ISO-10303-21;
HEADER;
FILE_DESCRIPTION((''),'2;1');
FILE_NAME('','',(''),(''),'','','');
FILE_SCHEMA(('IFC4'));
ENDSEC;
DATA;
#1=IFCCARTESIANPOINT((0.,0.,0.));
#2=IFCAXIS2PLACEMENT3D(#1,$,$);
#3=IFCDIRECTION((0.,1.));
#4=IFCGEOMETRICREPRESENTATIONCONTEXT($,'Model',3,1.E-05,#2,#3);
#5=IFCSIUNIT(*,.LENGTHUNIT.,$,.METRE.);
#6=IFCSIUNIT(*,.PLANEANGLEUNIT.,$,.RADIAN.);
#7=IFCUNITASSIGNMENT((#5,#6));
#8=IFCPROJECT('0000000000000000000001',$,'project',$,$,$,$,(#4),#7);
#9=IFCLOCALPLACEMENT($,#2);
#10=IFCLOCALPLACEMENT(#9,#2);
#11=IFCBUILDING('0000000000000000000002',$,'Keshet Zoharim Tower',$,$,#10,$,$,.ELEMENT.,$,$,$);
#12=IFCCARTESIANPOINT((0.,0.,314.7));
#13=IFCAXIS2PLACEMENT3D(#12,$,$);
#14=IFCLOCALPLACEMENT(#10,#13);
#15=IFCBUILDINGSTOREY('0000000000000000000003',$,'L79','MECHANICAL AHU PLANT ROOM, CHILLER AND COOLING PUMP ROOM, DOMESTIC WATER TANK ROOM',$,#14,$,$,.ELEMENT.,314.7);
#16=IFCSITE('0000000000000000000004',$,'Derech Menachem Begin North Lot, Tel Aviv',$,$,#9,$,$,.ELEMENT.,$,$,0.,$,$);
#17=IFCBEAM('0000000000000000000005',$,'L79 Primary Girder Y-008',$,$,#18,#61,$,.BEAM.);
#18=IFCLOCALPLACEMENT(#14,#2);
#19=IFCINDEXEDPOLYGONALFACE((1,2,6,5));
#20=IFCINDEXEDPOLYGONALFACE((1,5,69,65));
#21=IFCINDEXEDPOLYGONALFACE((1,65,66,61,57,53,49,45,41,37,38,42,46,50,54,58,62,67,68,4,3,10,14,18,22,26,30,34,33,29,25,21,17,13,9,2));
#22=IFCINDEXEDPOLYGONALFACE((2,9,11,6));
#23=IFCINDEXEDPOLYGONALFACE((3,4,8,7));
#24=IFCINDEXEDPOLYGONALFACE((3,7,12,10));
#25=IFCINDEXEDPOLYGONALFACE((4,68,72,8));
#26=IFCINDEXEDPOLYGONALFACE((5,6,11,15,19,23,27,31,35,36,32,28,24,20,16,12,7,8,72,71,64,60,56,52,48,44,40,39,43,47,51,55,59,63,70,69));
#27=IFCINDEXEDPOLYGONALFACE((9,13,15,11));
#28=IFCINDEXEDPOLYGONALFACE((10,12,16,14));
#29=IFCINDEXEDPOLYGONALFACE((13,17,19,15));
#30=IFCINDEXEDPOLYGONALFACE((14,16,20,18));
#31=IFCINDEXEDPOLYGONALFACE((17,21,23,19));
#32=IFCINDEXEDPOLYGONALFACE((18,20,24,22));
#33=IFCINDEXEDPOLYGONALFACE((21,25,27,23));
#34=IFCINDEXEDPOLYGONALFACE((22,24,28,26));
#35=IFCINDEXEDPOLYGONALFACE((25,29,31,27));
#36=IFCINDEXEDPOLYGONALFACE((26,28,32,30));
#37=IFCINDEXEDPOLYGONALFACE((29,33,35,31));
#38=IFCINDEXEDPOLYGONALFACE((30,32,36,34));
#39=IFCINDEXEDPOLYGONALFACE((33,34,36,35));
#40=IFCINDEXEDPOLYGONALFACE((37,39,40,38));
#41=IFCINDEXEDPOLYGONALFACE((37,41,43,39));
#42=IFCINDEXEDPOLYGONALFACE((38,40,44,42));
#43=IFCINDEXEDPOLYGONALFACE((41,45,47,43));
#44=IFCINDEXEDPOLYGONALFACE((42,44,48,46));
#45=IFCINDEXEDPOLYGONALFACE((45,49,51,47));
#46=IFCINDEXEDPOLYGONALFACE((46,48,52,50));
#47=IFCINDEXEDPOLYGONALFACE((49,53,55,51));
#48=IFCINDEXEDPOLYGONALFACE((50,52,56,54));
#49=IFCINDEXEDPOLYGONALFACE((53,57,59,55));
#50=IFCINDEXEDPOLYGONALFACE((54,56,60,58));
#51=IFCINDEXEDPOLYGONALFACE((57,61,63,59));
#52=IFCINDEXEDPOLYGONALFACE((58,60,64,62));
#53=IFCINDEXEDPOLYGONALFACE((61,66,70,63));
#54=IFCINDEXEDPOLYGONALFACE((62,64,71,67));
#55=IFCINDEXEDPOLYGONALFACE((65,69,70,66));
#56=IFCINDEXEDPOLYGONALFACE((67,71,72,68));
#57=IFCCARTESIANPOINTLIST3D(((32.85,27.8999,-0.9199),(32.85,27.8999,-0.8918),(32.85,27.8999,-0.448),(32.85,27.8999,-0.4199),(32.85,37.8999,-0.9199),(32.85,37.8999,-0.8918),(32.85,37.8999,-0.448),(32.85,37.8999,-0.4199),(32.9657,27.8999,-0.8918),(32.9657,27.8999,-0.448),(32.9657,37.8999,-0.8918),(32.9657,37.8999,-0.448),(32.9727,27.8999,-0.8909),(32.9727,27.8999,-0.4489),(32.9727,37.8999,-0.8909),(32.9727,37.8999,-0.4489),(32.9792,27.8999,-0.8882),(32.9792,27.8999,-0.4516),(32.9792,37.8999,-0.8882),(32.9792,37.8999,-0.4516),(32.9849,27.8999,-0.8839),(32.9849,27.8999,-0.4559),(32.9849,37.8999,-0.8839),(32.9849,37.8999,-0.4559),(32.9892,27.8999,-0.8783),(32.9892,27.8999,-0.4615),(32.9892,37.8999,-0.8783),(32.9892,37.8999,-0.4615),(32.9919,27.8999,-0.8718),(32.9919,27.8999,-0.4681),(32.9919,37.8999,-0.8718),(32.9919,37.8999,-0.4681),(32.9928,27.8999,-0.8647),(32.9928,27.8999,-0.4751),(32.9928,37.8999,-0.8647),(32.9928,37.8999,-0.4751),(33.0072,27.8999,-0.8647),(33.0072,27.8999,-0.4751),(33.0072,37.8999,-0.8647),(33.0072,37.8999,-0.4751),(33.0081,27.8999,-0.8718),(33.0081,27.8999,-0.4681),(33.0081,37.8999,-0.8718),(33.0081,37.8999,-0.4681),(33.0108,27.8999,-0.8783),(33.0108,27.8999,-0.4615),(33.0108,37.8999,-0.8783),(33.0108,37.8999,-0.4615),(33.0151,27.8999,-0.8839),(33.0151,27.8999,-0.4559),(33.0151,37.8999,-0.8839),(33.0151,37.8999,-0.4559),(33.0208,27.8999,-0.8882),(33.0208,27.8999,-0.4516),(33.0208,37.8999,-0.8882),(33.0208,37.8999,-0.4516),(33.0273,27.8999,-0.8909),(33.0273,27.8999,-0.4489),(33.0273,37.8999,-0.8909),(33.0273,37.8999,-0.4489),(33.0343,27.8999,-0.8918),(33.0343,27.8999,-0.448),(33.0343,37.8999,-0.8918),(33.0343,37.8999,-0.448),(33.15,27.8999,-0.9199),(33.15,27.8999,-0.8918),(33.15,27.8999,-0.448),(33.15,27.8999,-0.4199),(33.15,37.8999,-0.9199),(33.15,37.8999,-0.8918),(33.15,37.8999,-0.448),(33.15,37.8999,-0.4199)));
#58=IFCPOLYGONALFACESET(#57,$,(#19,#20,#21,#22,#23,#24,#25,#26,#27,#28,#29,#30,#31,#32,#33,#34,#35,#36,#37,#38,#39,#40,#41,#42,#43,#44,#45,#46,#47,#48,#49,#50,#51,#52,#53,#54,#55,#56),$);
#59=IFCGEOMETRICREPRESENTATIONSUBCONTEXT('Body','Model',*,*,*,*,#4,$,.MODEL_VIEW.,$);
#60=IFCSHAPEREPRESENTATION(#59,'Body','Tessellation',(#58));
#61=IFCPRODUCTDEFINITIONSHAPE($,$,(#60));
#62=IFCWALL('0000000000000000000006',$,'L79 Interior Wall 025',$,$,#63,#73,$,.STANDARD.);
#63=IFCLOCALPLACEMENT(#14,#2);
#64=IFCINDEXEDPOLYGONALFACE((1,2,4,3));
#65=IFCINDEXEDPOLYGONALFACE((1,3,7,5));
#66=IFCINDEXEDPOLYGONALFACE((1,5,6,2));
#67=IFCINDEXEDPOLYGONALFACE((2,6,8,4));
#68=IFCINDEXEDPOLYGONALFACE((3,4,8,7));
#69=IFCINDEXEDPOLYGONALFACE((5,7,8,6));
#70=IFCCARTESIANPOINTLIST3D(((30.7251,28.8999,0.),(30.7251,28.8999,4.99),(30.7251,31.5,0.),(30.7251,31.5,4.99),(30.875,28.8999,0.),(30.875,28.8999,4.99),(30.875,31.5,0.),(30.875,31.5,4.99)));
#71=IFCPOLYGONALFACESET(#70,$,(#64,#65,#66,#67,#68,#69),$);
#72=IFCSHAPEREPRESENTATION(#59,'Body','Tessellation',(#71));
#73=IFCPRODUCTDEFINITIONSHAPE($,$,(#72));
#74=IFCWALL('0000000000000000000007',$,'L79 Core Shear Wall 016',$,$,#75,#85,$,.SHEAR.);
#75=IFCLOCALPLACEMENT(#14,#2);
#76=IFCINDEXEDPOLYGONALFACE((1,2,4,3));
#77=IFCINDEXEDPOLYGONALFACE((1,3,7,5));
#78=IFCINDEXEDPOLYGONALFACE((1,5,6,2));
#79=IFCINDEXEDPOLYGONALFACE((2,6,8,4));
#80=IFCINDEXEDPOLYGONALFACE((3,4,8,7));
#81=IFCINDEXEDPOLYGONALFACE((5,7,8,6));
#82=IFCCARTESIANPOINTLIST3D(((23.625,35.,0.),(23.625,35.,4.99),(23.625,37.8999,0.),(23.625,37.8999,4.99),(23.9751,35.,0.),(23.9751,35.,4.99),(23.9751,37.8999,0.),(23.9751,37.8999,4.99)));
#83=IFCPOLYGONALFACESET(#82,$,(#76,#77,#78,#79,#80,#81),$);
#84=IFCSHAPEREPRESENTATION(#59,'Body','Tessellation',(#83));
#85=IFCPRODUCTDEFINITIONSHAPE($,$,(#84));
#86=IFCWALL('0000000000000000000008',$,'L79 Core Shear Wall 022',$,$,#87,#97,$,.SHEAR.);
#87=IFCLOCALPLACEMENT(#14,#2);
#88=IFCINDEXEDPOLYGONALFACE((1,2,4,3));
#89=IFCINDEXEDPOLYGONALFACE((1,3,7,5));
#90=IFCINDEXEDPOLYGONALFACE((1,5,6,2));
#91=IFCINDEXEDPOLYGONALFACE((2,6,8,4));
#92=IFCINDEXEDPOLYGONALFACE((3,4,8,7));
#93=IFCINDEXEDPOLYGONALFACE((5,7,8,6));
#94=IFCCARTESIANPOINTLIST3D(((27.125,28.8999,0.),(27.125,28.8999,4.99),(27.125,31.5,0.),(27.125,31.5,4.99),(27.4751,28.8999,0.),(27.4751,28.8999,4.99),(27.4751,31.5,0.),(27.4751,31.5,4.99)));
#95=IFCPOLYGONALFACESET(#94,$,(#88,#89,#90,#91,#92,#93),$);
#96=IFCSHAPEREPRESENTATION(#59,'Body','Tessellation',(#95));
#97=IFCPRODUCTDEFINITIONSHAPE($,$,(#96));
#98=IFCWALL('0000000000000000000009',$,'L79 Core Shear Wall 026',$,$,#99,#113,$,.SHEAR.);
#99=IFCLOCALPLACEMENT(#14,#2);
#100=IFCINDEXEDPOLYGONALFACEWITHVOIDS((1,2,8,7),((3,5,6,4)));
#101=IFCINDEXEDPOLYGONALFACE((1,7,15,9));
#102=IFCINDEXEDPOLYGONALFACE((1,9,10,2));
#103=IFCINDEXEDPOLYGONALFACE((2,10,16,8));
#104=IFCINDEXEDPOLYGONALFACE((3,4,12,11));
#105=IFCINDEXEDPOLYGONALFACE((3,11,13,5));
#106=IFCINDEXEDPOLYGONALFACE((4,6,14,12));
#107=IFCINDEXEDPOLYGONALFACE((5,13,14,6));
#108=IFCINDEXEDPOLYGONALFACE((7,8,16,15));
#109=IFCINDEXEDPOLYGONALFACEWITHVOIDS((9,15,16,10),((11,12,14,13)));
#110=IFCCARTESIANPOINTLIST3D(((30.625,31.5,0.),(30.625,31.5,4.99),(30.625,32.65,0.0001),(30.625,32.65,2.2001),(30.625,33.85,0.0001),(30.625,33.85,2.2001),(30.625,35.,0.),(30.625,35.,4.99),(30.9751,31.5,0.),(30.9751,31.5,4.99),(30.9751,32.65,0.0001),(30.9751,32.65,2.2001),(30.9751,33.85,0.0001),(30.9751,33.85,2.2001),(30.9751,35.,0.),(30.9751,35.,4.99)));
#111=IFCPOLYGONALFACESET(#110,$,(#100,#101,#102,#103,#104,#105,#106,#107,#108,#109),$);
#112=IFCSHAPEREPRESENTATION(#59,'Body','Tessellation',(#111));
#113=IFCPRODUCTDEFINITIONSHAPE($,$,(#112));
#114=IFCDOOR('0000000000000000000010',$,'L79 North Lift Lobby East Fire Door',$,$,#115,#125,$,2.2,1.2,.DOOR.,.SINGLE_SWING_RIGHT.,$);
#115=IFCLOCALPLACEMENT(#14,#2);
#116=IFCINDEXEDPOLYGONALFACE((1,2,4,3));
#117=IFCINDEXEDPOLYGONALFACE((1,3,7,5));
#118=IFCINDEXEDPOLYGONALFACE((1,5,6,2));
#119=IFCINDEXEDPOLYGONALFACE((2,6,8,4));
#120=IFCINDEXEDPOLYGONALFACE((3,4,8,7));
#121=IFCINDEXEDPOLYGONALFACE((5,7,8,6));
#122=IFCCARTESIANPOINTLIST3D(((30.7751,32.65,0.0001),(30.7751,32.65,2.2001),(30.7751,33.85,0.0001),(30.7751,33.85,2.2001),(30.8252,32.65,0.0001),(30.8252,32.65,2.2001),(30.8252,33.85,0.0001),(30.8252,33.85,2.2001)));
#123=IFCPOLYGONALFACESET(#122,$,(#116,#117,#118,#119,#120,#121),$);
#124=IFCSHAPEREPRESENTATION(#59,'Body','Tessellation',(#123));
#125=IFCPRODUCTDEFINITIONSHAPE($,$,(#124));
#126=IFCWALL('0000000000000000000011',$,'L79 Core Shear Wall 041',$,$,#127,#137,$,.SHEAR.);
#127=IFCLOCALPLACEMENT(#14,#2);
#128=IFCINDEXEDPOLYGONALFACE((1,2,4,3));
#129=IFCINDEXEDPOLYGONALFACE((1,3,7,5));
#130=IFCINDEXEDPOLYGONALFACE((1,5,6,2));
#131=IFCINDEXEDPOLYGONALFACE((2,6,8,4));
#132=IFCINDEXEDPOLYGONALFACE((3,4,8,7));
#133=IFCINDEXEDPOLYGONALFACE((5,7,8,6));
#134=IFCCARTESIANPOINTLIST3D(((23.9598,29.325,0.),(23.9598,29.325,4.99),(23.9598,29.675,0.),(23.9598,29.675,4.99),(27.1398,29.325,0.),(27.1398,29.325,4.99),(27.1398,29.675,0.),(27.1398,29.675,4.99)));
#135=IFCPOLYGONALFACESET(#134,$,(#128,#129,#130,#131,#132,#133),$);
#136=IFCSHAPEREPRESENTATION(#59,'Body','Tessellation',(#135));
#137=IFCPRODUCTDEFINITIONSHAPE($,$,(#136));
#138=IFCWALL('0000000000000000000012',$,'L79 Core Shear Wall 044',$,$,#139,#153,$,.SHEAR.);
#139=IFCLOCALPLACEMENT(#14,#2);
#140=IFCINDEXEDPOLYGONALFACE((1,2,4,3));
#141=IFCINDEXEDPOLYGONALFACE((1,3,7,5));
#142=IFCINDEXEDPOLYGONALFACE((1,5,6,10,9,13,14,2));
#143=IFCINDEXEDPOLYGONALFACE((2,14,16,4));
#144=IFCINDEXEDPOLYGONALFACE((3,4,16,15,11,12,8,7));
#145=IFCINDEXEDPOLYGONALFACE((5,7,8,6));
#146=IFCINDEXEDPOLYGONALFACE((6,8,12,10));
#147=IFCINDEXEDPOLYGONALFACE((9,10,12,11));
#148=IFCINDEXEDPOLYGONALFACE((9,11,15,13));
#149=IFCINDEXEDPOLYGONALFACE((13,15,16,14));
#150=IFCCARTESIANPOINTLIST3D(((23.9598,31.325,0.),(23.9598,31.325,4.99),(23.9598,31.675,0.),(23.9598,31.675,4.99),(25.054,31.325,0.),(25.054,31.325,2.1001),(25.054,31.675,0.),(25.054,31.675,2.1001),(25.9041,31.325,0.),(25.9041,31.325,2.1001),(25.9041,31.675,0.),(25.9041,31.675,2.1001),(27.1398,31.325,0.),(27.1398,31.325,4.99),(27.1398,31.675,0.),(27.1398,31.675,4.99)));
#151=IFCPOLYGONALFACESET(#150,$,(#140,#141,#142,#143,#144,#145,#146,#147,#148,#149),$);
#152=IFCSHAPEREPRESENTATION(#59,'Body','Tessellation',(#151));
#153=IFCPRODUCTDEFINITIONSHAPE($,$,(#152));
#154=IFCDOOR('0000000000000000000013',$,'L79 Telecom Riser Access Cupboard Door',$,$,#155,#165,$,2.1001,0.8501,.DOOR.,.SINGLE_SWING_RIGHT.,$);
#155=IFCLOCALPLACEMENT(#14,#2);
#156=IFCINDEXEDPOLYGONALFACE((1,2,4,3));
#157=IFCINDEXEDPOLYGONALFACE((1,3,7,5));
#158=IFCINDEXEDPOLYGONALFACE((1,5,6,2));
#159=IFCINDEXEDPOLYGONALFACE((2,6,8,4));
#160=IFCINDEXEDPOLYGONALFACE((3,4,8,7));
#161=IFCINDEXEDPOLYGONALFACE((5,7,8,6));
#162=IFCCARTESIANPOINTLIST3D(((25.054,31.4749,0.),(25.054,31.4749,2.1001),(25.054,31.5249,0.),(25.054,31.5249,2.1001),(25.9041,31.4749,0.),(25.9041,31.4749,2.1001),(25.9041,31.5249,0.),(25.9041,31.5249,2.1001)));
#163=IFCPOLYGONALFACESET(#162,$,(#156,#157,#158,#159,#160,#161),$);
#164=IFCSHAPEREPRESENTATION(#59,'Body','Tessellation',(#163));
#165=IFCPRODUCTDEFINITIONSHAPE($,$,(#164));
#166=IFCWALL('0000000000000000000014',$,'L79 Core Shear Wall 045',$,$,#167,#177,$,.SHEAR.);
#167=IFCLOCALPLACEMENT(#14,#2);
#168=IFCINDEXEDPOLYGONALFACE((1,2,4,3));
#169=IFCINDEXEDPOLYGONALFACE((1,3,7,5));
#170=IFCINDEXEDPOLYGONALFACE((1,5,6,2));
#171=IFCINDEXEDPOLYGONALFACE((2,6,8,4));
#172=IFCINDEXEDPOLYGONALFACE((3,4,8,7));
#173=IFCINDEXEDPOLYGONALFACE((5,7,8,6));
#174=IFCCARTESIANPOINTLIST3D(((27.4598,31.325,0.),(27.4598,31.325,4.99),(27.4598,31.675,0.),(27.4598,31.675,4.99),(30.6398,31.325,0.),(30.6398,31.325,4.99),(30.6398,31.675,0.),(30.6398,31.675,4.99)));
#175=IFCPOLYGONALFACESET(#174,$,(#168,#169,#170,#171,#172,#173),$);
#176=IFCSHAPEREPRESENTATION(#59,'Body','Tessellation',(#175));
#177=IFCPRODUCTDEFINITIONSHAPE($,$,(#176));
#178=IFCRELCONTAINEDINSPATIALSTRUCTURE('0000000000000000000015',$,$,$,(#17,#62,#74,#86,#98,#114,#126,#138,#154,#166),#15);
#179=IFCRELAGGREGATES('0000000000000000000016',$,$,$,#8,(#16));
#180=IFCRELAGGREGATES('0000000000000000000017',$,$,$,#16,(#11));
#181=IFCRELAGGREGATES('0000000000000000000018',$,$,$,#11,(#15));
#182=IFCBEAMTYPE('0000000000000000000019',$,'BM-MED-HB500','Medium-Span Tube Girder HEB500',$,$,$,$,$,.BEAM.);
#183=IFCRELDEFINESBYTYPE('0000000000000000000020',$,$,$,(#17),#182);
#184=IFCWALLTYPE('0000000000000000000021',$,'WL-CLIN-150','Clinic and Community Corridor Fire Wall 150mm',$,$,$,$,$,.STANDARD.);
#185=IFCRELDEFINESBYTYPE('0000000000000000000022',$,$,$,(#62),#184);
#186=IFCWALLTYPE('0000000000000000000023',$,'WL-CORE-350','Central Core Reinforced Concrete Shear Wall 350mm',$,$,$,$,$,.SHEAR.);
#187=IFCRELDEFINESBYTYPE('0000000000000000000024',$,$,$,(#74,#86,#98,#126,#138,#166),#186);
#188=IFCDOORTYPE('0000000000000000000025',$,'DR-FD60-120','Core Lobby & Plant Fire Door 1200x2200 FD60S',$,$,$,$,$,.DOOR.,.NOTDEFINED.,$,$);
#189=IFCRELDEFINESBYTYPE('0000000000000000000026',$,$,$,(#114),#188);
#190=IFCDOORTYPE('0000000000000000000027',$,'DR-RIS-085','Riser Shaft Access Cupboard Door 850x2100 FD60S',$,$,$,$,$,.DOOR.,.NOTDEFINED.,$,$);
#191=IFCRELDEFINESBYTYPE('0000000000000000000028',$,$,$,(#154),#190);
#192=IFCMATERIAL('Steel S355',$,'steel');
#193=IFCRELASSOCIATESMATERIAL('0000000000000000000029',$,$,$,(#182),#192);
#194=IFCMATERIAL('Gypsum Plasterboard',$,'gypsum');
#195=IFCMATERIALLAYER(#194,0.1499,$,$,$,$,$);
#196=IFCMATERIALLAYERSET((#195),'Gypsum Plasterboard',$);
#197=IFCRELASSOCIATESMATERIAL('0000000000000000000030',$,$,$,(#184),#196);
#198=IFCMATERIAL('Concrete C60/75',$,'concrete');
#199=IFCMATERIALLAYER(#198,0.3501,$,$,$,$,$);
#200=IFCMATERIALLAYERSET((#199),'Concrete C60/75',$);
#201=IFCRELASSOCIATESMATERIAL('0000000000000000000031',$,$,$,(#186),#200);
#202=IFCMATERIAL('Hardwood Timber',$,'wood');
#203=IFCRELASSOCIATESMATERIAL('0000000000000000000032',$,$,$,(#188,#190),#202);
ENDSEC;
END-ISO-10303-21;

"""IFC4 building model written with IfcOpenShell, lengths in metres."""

from ifc_helpers import new_model, si_unit, direction, frame, frame_2d, origin, origin_2d, place, context, subcontext, project, spatial, rectangle, i_section, extrude, material, layer, layer_set, material_profile, profile_set, type_object, element, fill, save


model = new_model("IFC4")

# Units and contexts
model_context = context("Model", 3, precision=1e-05, world=origin(), true_north=direction((0.0, 1.0)))
body_context = subcontext(model_context, "Body", "Model", "MODEL_VIEW")
ifc_project = project(units=[si_unit("LENGTHUNIT", "METRE"), si_unit("PLANEANGLEUNIT", "RADIAN")], contexts=[model_context])

# Site, building, storey
site_placement = place(None, origin())
site = spatial("IfcSite", under=ifc_project, at=site_placement, Name="Derech Menachem Begin North Lot, Tel Aviv", CompositionType="ELEMENT", RefElevation=0.0)
building_placement = place(site_placement, origin())
building = spatial("IfcBuilding", under=site, at=building_placement, Name="Keshet Zoharim Tower", CompositionType="ELEMENT")
storey_placement = place(building_placement, frame((0.0, 0.0, 314.7)))
storey = spatial("IfcBuildingStorey", under=building, at=storey_placement, Name="L79", Description="MECHANICAL AHU PLANT ROOM, CHILLER AND COOLING PUMP ROOM, DOMESTIC WATER TANK ROOM", CompositionType="ELEMENT", Elevation=314.7)

# Shared definitions
ifc_material_1 = material(Name="Steel S355", Category="steel")

# Beam
ifc_material_profile_1 = material_profile(ifc_material_1, i_section(OverallWidth=0.3, OverallDepth=0.5, WebThickness=0.0144, FlangeThickness=0.0281, FilletRadius=0.0271, at=origin_2d()), Name="HEB500")
ifc_profile_set_1 = profile_set([ifc_material_profile_1], Name="Steel S355")
beam_type_1 = type_object("IfcBeamType", Name="BM-MED-HB500", Description="Medium-Span Tube Girder HEB500", PredefinedType="BEAM", material=ifc_profile_set_1)
beam_1_placement = place(storey_placement, frame((33.0, 27.8999, -0.6699), z_axis=(0.0, 1.0, 0.0), x_axis=(-1.0, 0.0, 0.0)))
element("IfcBeam", 1, at=beam_1_placement, inside=storey, type_object=beam_type_1, Name="L79 Primary Girder Y-008", PredefinedType="BEAM", context=body_context, shape_type="SweptSolid", body=[
    extrude(i_section(OverallWidth=0.3, OverallDepth=0.5, WebThickness=0.0144, FlangeThickness=0.0281, FilletRadius=0.0271, at=origin_2d()), origin(), (0.0, 0.0, 1.0), 10.0),
])

# Wall
ifc_material_2 = material(Name="Gypsum Plasterboard", Category="gypsum")
ifc_layer_1 = layer(ifc_material_2, 0.1499)
ifc_layer_set_1 = layer_set([ifc_layer_1], Name="Gypsum Plasterboard")
wall_type_1 = type_object("IfcWallType", Name="WL-CLIN-150", Description="Clinic and Community Corridor Fire Wall 150mm", PredefinedType="STANDARD", material=ifc_layer_set_1)
wall_1_placement = place(storey_placement, frame((30.8, 28.8999, 0.0), z_axis=(0.0, 0.0, 1.0), x_axis=(0.0, 1.0, 0.0)))
element("IfcWall", 2, at=wall_1_placement, inside=storey, type_object=wall_type_1, Name="L79 Interior Wall 025", PredefinedType="STANDARD", context=body_context, shape_type="SweptSolid", body=[
    extrude(rectangle(XDim=2.6001, YDim=0.1499, at=frame_2d((1.3, 0.0))), origin(), (0.0, 0.0, 1.0), 4.99),
])

# Shared definitions
ifc_material_3 = material(Name="Concrete C60/75", Category="concrete")
ifc_layer_2 = layer(ifc_material_3, 0.3501)
ifc_layer_set_2 = layer_set([ifc_layer_2], Name="Concrete C60/75")
wall_type_2 = type_object("IfcWallType", Name="WL-CORE-350", Description="Central Core Reinforced Concrete Shear Wall 350mm", PredefinedType="SHEAR", material=ifc_layer_set_2)
ifc_material_4 = material(Name="Hardwood Timber", Category="wood")

# Walls
wall_2_placement = place(storey_placement, frame((23.8, 35.0, 0.0), z_axis=(0.0, 0.0, 1.0), x_axis=(0.0, 1.0, 0.0)))
element("IfcWall", 3, at=wall_2_placement, inside=storey, type_object=wall_type_2, Name="L79 Core Shear Wall 016", PredefinedType="SHEAR", context=body_context, shape_type="SweptSolid", body=[
    extrude(rectangle(XDim=2.8999, YDim=0.3501, at=frame_2d((1.45, 0.0))), origin(), (0.0, 0.0, 1.0), 4.99),
])
wall_3_placement = place(storey_placement, frame((27.3, 28.8999, 0.0), z_axis=(0.0, 0.0, 1.0), x_axis=(0.0, 1.0, 0.0)))
element("IfcWall", 4, at=wall_3_placement, inside=storey, type_object=wall_type_2, Name="L79 Core Shear Wall 022", PredefinedType="SHEAR", context=body_context, shape_type="SweptSolid", body=[
    extrude(rectangle(XDim=2.6001, YDim=0.3501, at=frame_2d((1.3, 0.0))), origin(), (0.0, 0.0, 1.0), 4.99),
])

# Wall, opening, door
wall_4_placement = place(storey_placement, frame((30.8, 31.5, 0.0), z_axis=(0.0, 0.0, 1.0), x_axis=(0.0, 1.0, 0.0)))
wall_4 = element("IfcWall", 5, at=wall_4_placement, inside=storey, type_object=wall_type_2, Name="L79 Core Shear Wall 026", PredefinedType="SHEAR", context=body_context, shape_type="SweptSolid", body=[
    extrude(rectangle(XDim=3.5, YDim=0.3501, at=frame_2d((1.75, 0.0))), origin(), (0.0, 0.0, 1.0), 4.99),
])
opening_1_placement = place(wall_4_placement, frame((1.1499, 0.0, 0.0)))
opening_1 = element("IfcOpeningElement", 6, at=opening_1_placement, cuts=wall_4, PredefinedType="OPENING", context=body_context, shape_type="SweptSolid", body=[
    extrude(rectangle(XDim=1.2, YDim=2.2, at=frame_2d((0.6001, 1.1001))), frame((0.0, 0.1851, 0.0), z_axis=(0.0, -1.0, 0.0), x_axis=(1.0, 0.0, 0.0)), (0.0, 0.0, 1.0), 0.3701),
])
door_type_1 = type_object("IfcDoorType", Name="DR-FD60-120", Description="Core Lobby & Plant Fire Door 1200x2200 FD60S", OperationType="NOTDEFINED", PredefinedType="DOOR", material=ifc_material_4)
door_1_placement = place(opening_1_placement, origin())
door_1 = element("IfcDoor", 7, at=door_1_placement, inside=storey, type_object=door_type_1, Name="L79 North Lift Lobby East Fire Door", OperationType="SINGLE_SWING_RIGHT", OverallHeight=2.2, OverallWidth=1.2, PredefinedType="DOOR", context=body_context, shape_type="SweptSolid", body=[
    extrude(rectangle(XDim=1.2, YDim=2.2, at=frame_2d((0.6001, 1.1001))), frame((0.0, 0.0249, 0.0), z_axis=(0.0, -1.0, 0.0), x_axis=(1.0, 0.0, 0.0)), (0.0, 0.0, 1.0), 0.05),
])
fill(opening_1, door_1)

# Wall
wall_5_placement = place(storey_placement, frame((23.96, 29.5, 0.0), z_axis=(0.0, 0.0, 1.0), x_axis=(1.0, 0.0, 0.0)))
element("IfcWall", 8, at=wall_5_placement, inside=storey, type_object=wall_type_2, Name="L79 Core Shear Wall 041", PredefinedType="SHEAR", context=body_context, shape_type="SweptSolid", body=[
    extrude(rectangle(XDim=3.1799, YDim=0.3501, at=frame_2d((1.5898, 0.0))), origin(), (0.0, 0.0, 1.0), 4.99),
])

# Wall, opening, door
wall_6_placement = place(storey_placement, frame((23.96, 31.5, 0.0), z_axis=(0.0, 0.0, 1.0), x_axis=(1.0, 0.0, 0.0)))
wall_6 = element("IfcWall", 9, at=wall_6_placement, inside=storey, type_object=wall_type_2, Name="L79 Core Shear Wall 044", PredefinedType="SHEAR", context=body_context, shape_type="SweptSolid", body=[
    extrude(rectangle(XDim=3.1799, YDim=0.3501, at=frame_2d((1.5898, 0.0))), origin(), (0.0, 0.0, 1.0), 4.99),
])
opening_2_placement = place(wall_6_placement, frame((1.094, 0.0, 0.0)))
opening_2 = element("IfcOpeningElement", 10, at=opening_2_placement, cuts=wall_6, PredefinedType="OPENING", context=body_context, shape_type="SweptSolid", body=[
    extrude(rectangle(XDim=0.8501, YDim=2.1001, at=frame_2d((0.425, 1.05))), frame((0.0, 0.1851, 0.0), z_axis=(0.0, -1.0, 0.0), x_axis=(1.0, 0.0, 0.0)), (0.0, 0.0, 1.0), 0.3701),
])
door_type_2 = type_object("IfcDoorType", Name="DR-RIS-085", Description="Riser Shaft Access Cupboard Door 850x2100 FD60S", OperationType="NOTDEFINED", PredefinedType="DOOR", material=ifc_material_4)
door_2_placement = place(opening_2_placement, origin())
door_2 = element("IfcDoor", 11, at=door_2_placement, inside=storey, type_object=door_type_2, Name="L79 Telecom Riser Access Cupboard Door", OperationType="SINGLE_SWING_RIGHT", OverallHeight=2.1001, OverallWidth=0.8501, PredefinedType="DOOR", context=body_context, shape_type="SweptSolid", body=[
    extrude(rectangle(XDim=0.8501, YDim=2.1001, at=frame_2d((0.425, 1.05))), frame((0.0, 0.0249, 0.0), z_axis=(0.0, -1.0, 0.0), x_axis=(1.0, 0.0, 0.0)), (0.0, 0.0, 1.0), 0.05),
])
fill(opening_2, door_2)

# Wall
wall_7_placement = place(storey_placement, frame((27.46, 31.5, 0.0), z_axis=(0.0, 0.0, 1.0), x_axis=(1.0, 0.0, 0.0)))
element("IfcWall", 12, at=wall_7_placement, inside=storey, type_object=wall_type_2, Name="L79 Core Shear Wall 045", PredefinedType="SHEAR", context=body_context, shape_type="SweptSolid", body=[
    extrude(rectangle(XDim=3.1799, YDim=0.3501, at=frame_2d((1.5898, 0.0))), origin(), (0.0, 0.0, 1.0), 4.99),
])

save(model, "model.ifc")
